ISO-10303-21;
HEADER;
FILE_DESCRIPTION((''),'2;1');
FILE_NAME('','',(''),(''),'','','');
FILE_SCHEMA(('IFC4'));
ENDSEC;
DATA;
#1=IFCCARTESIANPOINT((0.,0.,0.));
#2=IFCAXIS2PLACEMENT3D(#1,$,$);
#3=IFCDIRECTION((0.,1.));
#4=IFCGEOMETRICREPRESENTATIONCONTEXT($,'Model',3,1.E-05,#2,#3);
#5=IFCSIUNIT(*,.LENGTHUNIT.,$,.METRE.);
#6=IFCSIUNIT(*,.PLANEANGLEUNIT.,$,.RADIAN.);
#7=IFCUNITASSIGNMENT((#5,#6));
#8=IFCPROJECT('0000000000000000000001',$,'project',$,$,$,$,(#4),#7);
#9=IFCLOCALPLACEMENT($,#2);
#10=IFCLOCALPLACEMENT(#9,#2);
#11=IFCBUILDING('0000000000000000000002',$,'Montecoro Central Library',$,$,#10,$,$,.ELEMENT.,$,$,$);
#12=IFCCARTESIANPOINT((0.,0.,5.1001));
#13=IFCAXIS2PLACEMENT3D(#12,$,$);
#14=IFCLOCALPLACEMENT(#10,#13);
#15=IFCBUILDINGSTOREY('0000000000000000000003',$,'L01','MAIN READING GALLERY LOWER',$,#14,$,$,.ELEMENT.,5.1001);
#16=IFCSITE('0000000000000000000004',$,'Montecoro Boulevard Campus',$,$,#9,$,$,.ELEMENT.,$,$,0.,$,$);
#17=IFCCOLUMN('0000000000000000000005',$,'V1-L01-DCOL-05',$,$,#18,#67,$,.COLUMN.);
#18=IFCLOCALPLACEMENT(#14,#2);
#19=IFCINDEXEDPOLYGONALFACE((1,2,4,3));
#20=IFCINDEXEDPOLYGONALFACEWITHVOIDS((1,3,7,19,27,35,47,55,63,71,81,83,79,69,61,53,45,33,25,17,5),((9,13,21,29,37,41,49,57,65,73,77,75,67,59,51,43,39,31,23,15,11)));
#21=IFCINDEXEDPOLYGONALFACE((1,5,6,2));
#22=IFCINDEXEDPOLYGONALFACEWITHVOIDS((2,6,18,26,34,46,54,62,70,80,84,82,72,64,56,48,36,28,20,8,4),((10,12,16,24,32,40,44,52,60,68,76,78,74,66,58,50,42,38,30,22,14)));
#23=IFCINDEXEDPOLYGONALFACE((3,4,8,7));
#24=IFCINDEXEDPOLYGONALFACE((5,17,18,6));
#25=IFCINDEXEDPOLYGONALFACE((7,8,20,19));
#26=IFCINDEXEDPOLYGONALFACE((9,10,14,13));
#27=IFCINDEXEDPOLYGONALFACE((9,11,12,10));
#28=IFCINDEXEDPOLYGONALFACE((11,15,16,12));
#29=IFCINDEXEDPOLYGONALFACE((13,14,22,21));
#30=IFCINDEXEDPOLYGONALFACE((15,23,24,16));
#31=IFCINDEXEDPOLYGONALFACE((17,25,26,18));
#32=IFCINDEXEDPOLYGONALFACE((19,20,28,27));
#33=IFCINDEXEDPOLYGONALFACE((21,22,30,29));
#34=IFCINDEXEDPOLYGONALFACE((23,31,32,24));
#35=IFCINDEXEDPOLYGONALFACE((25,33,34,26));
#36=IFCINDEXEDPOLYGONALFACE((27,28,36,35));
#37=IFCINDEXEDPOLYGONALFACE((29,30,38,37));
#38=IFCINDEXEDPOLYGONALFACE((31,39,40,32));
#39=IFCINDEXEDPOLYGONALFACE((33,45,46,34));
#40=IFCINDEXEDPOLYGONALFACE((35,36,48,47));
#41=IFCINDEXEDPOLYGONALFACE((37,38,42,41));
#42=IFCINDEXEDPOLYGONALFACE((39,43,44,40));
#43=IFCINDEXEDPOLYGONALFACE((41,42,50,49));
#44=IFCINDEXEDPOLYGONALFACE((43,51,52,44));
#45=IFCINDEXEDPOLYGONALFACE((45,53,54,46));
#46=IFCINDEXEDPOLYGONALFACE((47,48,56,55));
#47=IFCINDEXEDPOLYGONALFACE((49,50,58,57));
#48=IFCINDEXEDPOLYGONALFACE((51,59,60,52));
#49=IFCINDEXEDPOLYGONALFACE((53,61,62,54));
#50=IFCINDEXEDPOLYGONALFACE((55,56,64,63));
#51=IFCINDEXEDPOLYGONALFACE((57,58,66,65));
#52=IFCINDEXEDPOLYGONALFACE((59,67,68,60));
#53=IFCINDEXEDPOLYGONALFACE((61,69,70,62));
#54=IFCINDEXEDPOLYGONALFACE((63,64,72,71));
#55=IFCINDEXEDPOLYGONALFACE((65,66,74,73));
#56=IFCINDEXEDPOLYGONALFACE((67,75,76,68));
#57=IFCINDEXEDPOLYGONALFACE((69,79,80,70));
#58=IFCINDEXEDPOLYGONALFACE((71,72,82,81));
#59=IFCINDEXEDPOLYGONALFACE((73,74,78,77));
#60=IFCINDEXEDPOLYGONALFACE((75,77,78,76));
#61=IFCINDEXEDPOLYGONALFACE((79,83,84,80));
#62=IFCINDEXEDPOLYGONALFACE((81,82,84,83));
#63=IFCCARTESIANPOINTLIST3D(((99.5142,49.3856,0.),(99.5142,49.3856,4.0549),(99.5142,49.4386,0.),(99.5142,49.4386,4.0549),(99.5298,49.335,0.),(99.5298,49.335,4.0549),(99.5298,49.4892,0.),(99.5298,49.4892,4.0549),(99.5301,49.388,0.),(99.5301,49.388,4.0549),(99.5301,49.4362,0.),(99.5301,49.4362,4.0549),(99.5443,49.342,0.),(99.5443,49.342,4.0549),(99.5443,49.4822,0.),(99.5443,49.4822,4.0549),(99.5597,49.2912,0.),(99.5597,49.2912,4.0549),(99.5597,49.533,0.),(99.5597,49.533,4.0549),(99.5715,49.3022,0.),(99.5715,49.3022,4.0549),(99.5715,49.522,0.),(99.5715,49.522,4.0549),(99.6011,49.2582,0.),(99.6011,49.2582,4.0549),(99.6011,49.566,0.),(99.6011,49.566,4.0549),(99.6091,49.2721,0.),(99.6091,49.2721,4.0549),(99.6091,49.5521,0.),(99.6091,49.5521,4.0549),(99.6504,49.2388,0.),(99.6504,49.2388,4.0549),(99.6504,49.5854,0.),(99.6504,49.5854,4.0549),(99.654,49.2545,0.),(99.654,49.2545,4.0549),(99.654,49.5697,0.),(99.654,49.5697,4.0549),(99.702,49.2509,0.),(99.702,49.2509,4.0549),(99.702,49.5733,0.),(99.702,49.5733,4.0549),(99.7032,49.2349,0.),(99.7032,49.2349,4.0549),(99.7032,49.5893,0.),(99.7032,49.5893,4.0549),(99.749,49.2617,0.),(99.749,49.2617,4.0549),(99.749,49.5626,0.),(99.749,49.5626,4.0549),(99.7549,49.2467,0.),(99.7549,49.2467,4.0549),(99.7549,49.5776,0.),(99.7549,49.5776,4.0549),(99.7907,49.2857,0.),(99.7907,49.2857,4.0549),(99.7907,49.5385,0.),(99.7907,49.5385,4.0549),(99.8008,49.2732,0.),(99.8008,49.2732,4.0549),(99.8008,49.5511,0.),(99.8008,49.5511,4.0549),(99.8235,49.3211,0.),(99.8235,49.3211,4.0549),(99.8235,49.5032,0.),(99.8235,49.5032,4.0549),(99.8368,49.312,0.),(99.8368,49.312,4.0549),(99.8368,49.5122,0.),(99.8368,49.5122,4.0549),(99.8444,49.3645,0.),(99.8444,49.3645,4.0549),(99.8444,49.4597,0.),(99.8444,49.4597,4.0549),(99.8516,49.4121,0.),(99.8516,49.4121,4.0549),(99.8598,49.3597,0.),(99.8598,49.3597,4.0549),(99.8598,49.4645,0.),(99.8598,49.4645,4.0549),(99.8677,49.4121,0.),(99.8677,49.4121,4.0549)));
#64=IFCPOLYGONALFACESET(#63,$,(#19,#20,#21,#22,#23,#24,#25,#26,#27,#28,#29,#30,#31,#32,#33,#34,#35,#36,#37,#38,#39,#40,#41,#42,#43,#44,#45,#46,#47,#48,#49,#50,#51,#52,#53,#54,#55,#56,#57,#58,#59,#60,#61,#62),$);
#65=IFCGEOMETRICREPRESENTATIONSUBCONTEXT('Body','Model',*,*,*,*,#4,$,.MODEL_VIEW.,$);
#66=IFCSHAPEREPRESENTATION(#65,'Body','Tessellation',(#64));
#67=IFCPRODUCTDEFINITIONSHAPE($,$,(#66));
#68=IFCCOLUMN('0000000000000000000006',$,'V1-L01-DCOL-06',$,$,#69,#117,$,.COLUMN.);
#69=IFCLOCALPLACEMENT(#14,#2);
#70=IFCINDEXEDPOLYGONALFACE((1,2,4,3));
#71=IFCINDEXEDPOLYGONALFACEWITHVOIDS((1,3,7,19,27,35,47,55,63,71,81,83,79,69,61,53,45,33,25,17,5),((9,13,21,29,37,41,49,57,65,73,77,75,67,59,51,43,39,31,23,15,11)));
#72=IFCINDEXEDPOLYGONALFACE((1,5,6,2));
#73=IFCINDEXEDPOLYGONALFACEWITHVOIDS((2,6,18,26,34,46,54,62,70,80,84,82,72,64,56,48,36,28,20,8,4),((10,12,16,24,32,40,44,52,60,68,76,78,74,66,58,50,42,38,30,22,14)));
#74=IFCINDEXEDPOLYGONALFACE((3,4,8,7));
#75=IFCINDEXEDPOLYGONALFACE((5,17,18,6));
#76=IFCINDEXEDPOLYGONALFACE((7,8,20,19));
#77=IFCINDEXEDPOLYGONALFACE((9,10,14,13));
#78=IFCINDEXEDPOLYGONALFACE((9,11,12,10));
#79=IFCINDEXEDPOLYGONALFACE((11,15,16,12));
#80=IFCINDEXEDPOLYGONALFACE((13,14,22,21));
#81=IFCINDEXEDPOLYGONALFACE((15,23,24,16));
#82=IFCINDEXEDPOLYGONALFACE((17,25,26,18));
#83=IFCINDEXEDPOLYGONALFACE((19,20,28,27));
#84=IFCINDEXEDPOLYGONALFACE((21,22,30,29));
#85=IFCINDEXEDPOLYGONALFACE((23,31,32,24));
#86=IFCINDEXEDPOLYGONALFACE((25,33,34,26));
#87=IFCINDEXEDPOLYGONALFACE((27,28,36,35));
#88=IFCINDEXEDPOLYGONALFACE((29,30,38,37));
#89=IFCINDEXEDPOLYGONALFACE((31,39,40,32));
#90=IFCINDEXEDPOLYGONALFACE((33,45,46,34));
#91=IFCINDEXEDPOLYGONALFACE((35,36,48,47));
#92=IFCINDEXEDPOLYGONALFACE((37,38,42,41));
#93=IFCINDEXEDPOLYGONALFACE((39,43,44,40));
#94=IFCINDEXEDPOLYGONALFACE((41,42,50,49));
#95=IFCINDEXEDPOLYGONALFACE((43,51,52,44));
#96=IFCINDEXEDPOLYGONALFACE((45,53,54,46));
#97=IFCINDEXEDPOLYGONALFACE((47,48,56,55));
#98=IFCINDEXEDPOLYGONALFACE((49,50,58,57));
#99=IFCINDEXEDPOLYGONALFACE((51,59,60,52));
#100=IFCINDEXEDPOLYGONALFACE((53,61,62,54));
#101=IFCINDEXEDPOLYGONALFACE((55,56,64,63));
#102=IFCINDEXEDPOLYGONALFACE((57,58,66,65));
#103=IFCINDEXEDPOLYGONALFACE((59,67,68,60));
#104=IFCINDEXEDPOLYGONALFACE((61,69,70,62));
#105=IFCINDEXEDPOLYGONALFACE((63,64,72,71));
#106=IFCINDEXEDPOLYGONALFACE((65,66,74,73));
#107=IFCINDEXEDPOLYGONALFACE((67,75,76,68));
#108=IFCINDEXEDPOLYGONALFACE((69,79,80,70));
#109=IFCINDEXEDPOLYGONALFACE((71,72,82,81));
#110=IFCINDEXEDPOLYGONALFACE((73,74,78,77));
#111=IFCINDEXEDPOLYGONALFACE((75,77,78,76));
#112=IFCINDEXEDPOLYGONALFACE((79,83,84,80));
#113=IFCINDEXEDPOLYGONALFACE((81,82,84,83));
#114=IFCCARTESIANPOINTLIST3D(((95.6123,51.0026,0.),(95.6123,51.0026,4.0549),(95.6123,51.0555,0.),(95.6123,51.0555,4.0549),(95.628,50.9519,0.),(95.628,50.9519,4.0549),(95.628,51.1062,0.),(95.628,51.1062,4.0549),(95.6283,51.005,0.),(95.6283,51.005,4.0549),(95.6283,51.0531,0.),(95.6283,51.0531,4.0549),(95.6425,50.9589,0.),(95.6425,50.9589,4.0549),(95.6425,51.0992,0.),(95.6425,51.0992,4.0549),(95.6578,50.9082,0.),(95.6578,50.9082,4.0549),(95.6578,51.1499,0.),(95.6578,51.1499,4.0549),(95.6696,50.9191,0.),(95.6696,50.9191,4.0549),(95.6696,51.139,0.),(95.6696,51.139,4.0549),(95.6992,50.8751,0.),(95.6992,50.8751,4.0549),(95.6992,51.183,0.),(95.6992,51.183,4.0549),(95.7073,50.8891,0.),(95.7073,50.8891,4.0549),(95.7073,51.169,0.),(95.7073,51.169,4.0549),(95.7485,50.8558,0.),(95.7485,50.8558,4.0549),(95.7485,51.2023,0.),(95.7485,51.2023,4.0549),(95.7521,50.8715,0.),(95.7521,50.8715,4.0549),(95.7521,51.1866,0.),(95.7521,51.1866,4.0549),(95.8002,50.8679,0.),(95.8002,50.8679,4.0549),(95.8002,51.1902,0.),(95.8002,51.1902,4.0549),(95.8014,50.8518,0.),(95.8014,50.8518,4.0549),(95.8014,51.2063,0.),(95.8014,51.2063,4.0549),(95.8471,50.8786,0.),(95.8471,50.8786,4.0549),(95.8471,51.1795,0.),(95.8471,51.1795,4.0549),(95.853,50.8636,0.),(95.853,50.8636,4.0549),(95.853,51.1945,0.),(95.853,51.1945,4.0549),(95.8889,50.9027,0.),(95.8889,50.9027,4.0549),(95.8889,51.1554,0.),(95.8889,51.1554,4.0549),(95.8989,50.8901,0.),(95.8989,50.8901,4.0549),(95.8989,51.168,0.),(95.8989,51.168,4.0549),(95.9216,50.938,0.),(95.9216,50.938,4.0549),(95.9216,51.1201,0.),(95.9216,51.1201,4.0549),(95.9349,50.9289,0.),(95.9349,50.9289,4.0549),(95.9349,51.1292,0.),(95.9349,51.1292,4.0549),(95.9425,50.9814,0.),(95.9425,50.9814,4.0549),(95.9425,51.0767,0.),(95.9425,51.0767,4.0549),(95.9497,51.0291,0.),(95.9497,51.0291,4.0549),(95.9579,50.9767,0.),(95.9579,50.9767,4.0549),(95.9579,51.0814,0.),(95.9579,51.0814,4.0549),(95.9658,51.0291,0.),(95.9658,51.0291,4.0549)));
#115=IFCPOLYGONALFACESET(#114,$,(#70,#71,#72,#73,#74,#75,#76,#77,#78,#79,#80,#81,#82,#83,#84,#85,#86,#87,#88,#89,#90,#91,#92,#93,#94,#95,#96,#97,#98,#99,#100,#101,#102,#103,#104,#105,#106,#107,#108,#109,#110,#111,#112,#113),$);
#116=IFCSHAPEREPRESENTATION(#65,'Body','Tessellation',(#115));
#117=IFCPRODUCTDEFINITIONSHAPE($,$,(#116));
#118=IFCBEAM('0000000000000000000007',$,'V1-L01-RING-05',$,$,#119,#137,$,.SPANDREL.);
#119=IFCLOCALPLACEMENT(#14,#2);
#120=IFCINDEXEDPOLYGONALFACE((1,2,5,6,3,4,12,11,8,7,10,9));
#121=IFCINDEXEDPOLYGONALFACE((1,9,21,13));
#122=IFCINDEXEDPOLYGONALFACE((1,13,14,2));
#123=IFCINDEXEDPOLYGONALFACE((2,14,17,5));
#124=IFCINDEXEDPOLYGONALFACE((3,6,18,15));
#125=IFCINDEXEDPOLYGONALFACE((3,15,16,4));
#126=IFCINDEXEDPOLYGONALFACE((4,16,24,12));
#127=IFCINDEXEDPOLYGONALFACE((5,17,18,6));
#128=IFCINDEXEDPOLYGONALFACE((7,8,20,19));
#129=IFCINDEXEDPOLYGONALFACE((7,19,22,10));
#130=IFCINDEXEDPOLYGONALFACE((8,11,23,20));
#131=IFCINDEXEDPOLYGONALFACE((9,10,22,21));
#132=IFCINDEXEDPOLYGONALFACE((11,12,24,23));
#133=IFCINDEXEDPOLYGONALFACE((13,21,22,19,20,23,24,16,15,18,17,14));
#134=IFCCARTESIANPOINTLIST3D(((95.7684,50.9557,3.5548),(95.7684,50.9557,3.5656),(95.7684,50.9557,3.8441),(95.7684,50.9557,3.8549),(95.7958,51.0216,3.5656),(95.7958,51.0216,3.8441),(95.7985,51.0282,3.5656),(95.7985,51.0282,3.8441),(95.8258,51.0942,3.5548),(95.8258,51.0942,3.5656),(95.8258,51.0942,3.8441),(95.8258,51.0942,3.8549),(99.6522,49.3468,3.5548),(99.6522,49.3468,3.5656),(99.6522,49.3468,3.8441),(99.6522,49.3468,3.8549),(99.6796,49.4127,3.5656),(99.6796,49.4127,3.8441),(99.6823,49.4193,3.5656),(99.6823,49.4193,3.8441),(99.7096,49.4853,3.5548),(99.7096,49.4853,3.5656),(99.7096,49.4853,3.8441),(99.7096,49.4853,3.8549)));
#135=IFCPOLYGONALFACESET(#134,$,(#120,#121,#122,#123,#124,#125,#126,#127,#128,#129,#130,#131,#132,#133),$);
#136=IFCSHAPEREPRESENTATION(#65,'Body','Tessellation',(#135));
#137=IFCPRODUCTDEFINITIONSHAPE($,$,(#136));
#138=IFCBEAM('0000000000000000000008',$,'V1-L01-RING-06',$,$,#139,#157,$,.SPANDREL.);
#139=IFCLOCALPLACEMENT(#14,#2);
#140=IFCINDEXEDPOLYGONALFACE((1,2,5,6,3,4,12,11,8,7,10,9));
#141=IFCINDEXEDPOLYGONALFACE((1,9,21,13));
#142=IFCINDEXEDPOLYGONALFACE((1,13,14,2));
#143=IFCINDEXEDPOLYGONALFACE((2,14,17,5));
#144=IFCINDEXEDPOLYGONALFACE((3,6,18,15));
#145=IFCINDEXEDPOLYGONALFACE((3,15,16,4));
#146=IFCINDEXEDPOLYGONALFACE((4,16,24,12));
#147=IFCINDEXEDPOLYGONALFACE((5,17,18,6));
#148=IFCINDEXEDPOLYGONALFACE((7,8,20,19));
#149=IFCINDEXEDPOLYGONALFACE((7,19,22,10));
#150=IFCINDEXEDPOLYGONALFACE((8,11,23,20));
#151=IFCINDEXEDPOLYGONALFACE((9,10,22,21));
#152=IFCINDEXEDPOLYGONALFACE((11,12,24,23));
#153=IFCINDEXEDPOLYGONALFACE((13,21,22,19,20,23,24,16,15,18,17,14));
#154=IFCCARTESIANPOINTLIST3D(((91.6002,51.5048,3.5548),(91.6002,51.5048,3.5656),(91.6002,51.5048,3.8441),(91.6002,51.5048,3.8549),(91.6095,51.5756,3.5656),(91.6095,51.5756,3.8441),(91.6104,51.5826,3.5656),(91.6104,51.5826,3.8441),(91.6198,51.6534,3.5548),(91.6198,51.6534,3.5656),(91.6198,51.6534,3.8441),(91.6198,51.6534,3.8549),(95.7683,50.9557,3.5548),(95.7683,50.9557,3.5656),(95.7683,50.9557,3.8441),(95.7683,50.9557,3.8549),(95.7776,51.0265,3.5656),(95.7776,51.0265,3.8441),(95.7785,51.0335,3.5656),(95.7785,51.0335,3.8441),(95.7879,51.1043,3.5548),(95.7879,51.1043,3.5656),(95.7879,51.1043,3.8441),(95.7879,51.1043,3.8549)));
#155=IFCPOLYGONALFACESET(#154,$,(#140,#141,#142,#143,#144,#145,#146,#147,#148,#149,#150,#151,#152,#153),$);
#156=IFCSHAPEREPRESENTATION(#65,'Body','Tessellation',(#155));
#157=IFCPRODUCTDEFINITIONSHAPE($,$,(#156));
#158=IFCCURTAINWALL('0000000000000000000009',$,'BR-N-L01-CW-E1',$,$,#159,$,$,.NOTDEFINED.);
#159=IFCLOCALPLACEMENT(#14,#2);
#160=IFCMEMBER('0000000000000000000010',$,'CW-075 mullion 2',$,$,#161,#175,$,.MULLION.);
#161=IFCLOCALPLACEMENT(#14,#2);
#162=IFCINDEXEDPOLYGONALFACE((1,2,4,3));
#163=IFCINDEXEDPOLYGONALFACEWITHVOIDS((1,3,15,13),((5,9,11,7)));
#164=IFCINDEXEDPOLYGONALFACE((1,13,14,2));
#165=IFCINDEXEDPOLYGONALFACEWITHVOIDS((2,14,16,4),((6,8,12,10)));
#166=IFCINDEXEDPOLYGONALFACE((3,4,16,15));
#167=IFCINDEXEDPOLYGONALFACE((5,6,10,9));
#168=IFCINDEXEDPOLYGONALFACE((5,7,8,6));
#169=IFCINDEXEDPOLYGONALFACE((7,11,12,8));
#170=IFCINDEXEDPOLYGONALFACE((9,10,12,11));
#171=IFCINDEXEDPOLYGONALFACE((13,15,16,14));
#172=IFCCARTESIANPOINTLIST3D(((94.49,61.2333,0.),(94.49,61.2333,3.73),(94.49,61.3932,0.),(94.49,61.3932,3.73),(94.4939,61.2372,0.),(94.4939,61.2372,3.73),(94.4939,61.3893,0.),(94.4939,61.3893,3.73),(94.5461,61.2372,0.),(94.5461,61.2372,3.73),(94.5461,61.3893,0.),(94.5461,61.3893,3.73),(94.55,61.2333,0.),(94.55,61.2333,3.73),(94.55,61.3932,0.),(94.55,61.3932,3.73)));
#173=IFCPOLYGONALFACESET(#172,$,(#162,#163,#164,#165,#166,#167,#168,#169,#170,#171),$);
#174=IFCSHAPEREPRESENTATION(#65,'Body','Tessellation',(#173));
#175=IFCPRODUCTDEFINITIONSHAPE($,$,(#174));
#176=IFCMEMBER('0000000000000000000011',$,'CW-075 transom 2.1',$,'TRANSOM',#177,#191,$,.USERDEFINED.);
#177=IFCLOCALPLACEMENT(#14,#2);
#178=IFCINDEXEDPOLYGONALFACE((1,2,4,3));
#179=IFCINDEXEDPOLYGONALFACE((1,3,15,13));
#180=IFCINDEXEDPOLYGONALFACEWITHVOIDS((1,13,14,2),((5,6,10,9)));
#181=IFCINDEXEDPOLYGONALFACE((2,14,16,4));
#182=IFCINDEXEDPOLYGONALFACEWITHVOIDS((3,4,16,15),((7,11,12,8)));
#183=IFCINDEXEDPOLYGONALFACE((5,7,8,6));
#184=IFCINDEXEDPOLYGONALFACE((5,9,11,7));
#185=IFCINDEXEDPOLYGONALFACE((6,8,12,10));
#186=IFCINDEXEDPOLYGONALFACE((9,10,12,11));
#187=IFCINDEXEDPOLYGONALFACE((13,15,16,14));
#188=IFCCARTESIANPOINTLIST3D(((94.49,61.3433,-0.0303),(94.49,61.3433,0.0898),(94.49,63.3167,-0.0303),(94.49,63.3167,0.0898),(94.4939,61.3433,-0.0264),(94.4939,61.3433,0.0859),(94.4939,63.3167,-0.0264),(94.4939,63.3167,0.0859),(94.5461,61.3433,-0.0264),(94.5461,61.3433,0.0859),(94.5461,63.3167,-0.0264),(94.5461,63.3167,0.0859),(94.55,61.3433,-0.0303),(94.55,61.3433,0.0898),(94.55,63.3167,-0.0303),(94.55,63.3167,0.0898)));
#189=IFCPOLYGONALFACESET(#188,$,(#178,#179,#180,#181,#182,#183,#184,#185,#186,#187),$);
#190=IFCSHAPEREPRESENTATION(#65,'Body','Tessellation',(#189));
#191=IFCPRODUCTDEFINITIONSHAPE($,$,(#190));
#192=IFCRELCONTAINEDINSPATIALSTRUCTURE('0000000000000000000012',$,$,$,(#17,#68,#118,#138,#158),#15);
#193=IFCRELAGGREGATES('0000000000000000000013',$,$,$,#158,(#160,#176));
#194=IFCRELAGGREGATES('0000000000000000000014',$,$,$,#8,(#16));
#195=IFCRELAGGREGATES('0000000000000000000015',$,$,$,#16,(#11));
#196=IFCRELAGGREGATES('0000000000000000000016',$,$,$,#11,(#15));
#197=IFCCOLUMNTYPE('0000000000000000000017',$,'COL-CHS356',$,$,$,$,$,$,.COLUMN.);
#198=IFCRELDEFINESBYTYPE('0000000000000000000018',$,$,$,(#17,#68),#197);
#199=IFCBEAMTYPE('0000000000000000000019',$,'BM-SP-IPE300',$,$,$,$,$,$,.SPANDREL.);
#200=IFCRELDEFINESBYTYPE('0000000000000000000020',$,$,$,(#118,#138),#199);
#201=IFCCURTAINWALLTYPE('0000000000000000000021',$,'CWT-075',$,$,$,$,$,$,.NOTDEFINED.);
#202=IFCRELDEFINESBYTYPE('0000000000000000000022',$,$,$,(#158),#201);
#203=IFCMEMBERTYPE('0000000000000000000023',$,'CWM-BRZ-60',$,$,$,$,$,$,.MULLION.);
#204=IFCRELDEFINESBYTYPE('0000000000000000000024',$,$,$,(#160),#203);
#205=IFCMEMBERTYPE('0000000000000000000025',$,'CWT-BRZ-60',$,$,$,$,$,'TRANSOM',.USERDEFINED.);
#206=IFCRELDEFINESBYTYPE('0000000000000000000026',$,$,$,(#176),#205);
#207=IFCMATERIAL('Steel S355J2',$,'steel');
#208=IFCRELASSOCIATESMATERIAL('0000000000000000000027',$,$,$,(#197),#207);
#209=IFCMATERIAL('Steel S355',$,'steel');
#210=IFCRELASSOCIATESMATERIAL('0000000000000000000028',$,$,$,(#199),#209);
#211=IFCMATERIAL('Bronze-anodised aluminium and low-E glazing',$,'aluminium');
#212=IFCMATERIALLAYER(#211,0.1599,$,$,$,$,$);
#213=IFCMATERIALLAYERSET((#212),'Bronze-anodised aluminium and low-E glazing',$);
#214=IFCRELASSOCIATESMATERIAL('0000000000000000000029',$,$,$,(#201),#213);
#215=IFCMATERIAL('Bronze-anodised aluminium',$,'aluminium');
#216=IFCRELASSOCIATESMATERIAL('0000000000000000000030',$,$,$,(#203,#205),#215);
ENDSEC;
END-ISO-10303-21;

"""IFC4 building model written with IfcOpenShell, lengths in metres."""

from ifc_helpers import new_model, si_unit, direction, frame, origin, origin_2d, place, context, subcontext, project, spatial, hollow_rectangle, hollow_circle, i_section, extrude, material, layer, layer_set, material_profile, profile_set, type_object, element, aggregate, save


model = new_model("IFC4")

# Units and contexts
model_context = context("Model", 3, precision=1e-05, world=origin(), true_north=direction((0.0, 1.0)))
body_context = subcontext(model_context, "Body", "Model", "MODEL_VIEW")
ifc_project = project(units=[si_unit("LENGTHUNIT", "METRE"), si_unit("PLANEANGLEUNIT", "RADIAN")], contexts=[model_context])

# Site, building, storey
site_placement = place(None, origin())
site = spatial("IfcSite", under=ifc_project, at=site_placement, Name="Montecoro Boulevard Campus", CompositionType="ELEMENT", RefElevation=0.0)
building_placement = place(site_placement, origin())
building = spatial("IfcBuilding", under=site, at=building_placement, Name="Montecoro Central Library", CompositionType="ELEMENT")
storey_placement = place(building_placement, frame((0.0, 0.0, 5.1001)))
storey = spatial("IfcBuildingStorey", under=building, at=storey_placement, Name="L01", Description="MAIN READING GALLERY LOWER", CompositionType="ELEMENT", Elevation=5.1001)

# Columns
ifc_material_1 = material(Name="Steel S355J2", Category="steel")
ifc_material_profile_1 = material_profile(ifc_material_1, hollow_circle(Radius=0.1777, WallThickness=0.0161, at=origin_2d()), Name="CHS 355.6x16.0")
ifc_profile_set_1 = profile_set([ifc_material_profile_1], Name="Steel S355J2")
column_type = type_object("IfcColumnType", Name="COL-CHS356", PredefinedType="COLUMN", material=ifc_profile_set_1)
for number, where, z_axis, x_axis, name in (
    (1, (99.6899, 49.4121, 0.0), (0.0, 0.0, 1.0), (1.0, 0.0, 0.0), "V1-L01-DCOL-05"),
    (2, (95.7881, 51.0291, 0.0), (0.0, 0.0, 1.0), (1.0, 0.0, 0.0), "V1-L01-DCOL-06"),
):
    element("IfcColumn", number, at=place(storey_placement, frame(where, z_axis=z_axis, x_axis=x_axis)), inside=storey, type_object=column_type, Name=name, PredefinedType="COLUMN", context=body_context, shape_type="SweptSolid", body=[
        extrude(hollow_circle(Radius=0.1777, WallThickness=0.0161, at=origin_2d()), origin(), (0.0, 0.0, 1.0), 4.0549),
    ])

# Beams
ifc_material_2 = material(Name="Steel S355", Category="steel")
ifc_material_profile_2 = material_profile(ifc_material_2, i_section(OverallWidth=0.1499, OverallDepth=0.3, WebThickness=0.0071, FlangeThickness=0.0107, at=origin_2d()), Name="IPE 300")
ifc_profile_set_2 = profile_set([ifc_material_profile_2], Name="Steel S355")
beam_type = type_object("IfcBeamType", Name="BM-SP-IPE300", PredefinedType="SPANDREL", material=ifc_profile_set_2)
beam_1_placement = place(storey_placement, frame((99.6809, 49.416, 3.7048), z_axis=(-0.923865, 0.382718, 0.0), x_axis=(-0.382718, -0.923865, 0.0)))
element("IfcBeam", 3, at=beam_1_placement, inside=storey, type_object=beam_type, Name="V1-L01-RING-05", PredefinedType="SPANDREL", context=body_context, shape_type="SweptSolid", body=[
    extrude(i_section(OverallWidth=0.1499, OverallDepth=0.3, WebThickness=0.0071, FlangeThickness=0.0107, at=origin_2d()), origin(), (0.0, 0.0, 1.0), 4.2039),
])
beam_2_placement = place(storey_placement, frame((95.7781, 51.03, 3.7048), z_axis=(-0.991434, 0.130608, 0.0), x_axis=(-0.130608, -0.991434, 0.0)))
element("IfcBeam", 4, at=beam_2_placement, inside=storey, type_object=beam_type, Name="V1-L01-RING-06", PredefinedType="SPANDREL", context=body_context, shape_type="SweptSolid", body=[
    extrude(i_section(OverallWidth=0.1499, OverallDepth=0.3, WebThickness=0.0071, FlangeThickness=0.0107, at=origin_2d()), origin(), (0.0, 0.0, 1.0), 4.2041),
])

# Curtain wall, members
ifc_material_3 = material(Name="Bronze-anodised aluminium and low-E glazing", Category="aluminium")
ifc_layer_1 = layer(ifc_material_3, 0.1599)
ifc_layer_set_1 = layer_set([ifc_layer_1], Name="Bronze-anodised aluminium and low-E glazing")
curtain_wall_type = type_object("IfcCurtainWallType", Name="CWT-075", PredefinedType="NOTDEFINED", material=ifc_layer_set_1)
curtain_wall_placement = place(storey_placement, origin())
curtain_wall = element("IfcCurtainWall", 5, at=curtain_wall_placement, inside=storey, type_object=curtain_wall_type, Name="BR-N-L01-CW-E1", PredefinedType="NOTDEFINED")
ifc_material_4 = material(Name="Bronze-anodised aluminium", Category="aluminium")
ifc_material_profile_3 = material_profile(ifc_material_4, hollow_rectangle(XDim=0.0601, YDim=0.1599, WallThickness=0.0039, at=origin_2d()), Name="CWM 160x60x4.0")
ifc_profile_set_3 = profile_set([ifc_material_profile_3], Name="Bronze-anodised aluminium")
member_type_1 = type_object("IfcMemberType", Name="CWM-BRZ-60", PredefinedType="MULLION", material=ifc_profile_set_3)
member_1_placement = place(storey_placement, frame((94.52, 61.3132, 0.0), z_axis=(0.0, 0.0, 1.0), x_axis=(-1.0, 0.0, 0.0)))
member_1 = element("IfcMember", 6, at=member_1_placement, type_object=member_type_1, Name="CW-075 mullion 2", PredefinedType="MULLION", context=body_context, shape_type="SweptSolid", body=[
    extrude(hollow_rectangle(XDim=0.0601, YDim=0.1599, WallThickness=0.0039, at=origin_2d()), origin(), (0.0, 0.0, 1.0), 3.73),
])
ifc_material_profile_4 = material_profile(ifc_material_4, hollow_rectangle(XDim=0.0601, YDim=0.1201, WallThickness=0.0039, at=origin_2d()), Name="CWT 120x60x4.0")
ifc_profile_set_4 = profile_set([ifc_material_profile_4], Name="Bronze-anodised aluminium")
member_type_2 = type_object("IfcMemberType", Name="CWT-BRZ-60", ElementType="TRANSOM", PredefinedType="USERDEFINED", material=ifc_profile_set_4)
member_2_placement = place(storey_placement, frame((94.52, 61.3433, 0.0298), z_axis=(0.0, 1.0, 0.0), x_axis=(-1.0, 0.0, 0.0)))
member_2 = element("IfcMember", 7, at=member_2_placement, type_object=member_type_2, Name="CW-075 transom 2.1", ObjectType="TRANSOM", PredefinedType="USERDEFINED", context=body_context, shape_type="SweptSolid", body=[
    extrude(hollow_rectangle(XDim=0.0601, YDim=0.1201, WallThickness=0.0039, at=origin_2d()), origin(), (0.0, 0.0, 1.0), 1.9734),
])
aggregate(curtain_wall, [member_1, member_2])

save(model, "model.ifc")
